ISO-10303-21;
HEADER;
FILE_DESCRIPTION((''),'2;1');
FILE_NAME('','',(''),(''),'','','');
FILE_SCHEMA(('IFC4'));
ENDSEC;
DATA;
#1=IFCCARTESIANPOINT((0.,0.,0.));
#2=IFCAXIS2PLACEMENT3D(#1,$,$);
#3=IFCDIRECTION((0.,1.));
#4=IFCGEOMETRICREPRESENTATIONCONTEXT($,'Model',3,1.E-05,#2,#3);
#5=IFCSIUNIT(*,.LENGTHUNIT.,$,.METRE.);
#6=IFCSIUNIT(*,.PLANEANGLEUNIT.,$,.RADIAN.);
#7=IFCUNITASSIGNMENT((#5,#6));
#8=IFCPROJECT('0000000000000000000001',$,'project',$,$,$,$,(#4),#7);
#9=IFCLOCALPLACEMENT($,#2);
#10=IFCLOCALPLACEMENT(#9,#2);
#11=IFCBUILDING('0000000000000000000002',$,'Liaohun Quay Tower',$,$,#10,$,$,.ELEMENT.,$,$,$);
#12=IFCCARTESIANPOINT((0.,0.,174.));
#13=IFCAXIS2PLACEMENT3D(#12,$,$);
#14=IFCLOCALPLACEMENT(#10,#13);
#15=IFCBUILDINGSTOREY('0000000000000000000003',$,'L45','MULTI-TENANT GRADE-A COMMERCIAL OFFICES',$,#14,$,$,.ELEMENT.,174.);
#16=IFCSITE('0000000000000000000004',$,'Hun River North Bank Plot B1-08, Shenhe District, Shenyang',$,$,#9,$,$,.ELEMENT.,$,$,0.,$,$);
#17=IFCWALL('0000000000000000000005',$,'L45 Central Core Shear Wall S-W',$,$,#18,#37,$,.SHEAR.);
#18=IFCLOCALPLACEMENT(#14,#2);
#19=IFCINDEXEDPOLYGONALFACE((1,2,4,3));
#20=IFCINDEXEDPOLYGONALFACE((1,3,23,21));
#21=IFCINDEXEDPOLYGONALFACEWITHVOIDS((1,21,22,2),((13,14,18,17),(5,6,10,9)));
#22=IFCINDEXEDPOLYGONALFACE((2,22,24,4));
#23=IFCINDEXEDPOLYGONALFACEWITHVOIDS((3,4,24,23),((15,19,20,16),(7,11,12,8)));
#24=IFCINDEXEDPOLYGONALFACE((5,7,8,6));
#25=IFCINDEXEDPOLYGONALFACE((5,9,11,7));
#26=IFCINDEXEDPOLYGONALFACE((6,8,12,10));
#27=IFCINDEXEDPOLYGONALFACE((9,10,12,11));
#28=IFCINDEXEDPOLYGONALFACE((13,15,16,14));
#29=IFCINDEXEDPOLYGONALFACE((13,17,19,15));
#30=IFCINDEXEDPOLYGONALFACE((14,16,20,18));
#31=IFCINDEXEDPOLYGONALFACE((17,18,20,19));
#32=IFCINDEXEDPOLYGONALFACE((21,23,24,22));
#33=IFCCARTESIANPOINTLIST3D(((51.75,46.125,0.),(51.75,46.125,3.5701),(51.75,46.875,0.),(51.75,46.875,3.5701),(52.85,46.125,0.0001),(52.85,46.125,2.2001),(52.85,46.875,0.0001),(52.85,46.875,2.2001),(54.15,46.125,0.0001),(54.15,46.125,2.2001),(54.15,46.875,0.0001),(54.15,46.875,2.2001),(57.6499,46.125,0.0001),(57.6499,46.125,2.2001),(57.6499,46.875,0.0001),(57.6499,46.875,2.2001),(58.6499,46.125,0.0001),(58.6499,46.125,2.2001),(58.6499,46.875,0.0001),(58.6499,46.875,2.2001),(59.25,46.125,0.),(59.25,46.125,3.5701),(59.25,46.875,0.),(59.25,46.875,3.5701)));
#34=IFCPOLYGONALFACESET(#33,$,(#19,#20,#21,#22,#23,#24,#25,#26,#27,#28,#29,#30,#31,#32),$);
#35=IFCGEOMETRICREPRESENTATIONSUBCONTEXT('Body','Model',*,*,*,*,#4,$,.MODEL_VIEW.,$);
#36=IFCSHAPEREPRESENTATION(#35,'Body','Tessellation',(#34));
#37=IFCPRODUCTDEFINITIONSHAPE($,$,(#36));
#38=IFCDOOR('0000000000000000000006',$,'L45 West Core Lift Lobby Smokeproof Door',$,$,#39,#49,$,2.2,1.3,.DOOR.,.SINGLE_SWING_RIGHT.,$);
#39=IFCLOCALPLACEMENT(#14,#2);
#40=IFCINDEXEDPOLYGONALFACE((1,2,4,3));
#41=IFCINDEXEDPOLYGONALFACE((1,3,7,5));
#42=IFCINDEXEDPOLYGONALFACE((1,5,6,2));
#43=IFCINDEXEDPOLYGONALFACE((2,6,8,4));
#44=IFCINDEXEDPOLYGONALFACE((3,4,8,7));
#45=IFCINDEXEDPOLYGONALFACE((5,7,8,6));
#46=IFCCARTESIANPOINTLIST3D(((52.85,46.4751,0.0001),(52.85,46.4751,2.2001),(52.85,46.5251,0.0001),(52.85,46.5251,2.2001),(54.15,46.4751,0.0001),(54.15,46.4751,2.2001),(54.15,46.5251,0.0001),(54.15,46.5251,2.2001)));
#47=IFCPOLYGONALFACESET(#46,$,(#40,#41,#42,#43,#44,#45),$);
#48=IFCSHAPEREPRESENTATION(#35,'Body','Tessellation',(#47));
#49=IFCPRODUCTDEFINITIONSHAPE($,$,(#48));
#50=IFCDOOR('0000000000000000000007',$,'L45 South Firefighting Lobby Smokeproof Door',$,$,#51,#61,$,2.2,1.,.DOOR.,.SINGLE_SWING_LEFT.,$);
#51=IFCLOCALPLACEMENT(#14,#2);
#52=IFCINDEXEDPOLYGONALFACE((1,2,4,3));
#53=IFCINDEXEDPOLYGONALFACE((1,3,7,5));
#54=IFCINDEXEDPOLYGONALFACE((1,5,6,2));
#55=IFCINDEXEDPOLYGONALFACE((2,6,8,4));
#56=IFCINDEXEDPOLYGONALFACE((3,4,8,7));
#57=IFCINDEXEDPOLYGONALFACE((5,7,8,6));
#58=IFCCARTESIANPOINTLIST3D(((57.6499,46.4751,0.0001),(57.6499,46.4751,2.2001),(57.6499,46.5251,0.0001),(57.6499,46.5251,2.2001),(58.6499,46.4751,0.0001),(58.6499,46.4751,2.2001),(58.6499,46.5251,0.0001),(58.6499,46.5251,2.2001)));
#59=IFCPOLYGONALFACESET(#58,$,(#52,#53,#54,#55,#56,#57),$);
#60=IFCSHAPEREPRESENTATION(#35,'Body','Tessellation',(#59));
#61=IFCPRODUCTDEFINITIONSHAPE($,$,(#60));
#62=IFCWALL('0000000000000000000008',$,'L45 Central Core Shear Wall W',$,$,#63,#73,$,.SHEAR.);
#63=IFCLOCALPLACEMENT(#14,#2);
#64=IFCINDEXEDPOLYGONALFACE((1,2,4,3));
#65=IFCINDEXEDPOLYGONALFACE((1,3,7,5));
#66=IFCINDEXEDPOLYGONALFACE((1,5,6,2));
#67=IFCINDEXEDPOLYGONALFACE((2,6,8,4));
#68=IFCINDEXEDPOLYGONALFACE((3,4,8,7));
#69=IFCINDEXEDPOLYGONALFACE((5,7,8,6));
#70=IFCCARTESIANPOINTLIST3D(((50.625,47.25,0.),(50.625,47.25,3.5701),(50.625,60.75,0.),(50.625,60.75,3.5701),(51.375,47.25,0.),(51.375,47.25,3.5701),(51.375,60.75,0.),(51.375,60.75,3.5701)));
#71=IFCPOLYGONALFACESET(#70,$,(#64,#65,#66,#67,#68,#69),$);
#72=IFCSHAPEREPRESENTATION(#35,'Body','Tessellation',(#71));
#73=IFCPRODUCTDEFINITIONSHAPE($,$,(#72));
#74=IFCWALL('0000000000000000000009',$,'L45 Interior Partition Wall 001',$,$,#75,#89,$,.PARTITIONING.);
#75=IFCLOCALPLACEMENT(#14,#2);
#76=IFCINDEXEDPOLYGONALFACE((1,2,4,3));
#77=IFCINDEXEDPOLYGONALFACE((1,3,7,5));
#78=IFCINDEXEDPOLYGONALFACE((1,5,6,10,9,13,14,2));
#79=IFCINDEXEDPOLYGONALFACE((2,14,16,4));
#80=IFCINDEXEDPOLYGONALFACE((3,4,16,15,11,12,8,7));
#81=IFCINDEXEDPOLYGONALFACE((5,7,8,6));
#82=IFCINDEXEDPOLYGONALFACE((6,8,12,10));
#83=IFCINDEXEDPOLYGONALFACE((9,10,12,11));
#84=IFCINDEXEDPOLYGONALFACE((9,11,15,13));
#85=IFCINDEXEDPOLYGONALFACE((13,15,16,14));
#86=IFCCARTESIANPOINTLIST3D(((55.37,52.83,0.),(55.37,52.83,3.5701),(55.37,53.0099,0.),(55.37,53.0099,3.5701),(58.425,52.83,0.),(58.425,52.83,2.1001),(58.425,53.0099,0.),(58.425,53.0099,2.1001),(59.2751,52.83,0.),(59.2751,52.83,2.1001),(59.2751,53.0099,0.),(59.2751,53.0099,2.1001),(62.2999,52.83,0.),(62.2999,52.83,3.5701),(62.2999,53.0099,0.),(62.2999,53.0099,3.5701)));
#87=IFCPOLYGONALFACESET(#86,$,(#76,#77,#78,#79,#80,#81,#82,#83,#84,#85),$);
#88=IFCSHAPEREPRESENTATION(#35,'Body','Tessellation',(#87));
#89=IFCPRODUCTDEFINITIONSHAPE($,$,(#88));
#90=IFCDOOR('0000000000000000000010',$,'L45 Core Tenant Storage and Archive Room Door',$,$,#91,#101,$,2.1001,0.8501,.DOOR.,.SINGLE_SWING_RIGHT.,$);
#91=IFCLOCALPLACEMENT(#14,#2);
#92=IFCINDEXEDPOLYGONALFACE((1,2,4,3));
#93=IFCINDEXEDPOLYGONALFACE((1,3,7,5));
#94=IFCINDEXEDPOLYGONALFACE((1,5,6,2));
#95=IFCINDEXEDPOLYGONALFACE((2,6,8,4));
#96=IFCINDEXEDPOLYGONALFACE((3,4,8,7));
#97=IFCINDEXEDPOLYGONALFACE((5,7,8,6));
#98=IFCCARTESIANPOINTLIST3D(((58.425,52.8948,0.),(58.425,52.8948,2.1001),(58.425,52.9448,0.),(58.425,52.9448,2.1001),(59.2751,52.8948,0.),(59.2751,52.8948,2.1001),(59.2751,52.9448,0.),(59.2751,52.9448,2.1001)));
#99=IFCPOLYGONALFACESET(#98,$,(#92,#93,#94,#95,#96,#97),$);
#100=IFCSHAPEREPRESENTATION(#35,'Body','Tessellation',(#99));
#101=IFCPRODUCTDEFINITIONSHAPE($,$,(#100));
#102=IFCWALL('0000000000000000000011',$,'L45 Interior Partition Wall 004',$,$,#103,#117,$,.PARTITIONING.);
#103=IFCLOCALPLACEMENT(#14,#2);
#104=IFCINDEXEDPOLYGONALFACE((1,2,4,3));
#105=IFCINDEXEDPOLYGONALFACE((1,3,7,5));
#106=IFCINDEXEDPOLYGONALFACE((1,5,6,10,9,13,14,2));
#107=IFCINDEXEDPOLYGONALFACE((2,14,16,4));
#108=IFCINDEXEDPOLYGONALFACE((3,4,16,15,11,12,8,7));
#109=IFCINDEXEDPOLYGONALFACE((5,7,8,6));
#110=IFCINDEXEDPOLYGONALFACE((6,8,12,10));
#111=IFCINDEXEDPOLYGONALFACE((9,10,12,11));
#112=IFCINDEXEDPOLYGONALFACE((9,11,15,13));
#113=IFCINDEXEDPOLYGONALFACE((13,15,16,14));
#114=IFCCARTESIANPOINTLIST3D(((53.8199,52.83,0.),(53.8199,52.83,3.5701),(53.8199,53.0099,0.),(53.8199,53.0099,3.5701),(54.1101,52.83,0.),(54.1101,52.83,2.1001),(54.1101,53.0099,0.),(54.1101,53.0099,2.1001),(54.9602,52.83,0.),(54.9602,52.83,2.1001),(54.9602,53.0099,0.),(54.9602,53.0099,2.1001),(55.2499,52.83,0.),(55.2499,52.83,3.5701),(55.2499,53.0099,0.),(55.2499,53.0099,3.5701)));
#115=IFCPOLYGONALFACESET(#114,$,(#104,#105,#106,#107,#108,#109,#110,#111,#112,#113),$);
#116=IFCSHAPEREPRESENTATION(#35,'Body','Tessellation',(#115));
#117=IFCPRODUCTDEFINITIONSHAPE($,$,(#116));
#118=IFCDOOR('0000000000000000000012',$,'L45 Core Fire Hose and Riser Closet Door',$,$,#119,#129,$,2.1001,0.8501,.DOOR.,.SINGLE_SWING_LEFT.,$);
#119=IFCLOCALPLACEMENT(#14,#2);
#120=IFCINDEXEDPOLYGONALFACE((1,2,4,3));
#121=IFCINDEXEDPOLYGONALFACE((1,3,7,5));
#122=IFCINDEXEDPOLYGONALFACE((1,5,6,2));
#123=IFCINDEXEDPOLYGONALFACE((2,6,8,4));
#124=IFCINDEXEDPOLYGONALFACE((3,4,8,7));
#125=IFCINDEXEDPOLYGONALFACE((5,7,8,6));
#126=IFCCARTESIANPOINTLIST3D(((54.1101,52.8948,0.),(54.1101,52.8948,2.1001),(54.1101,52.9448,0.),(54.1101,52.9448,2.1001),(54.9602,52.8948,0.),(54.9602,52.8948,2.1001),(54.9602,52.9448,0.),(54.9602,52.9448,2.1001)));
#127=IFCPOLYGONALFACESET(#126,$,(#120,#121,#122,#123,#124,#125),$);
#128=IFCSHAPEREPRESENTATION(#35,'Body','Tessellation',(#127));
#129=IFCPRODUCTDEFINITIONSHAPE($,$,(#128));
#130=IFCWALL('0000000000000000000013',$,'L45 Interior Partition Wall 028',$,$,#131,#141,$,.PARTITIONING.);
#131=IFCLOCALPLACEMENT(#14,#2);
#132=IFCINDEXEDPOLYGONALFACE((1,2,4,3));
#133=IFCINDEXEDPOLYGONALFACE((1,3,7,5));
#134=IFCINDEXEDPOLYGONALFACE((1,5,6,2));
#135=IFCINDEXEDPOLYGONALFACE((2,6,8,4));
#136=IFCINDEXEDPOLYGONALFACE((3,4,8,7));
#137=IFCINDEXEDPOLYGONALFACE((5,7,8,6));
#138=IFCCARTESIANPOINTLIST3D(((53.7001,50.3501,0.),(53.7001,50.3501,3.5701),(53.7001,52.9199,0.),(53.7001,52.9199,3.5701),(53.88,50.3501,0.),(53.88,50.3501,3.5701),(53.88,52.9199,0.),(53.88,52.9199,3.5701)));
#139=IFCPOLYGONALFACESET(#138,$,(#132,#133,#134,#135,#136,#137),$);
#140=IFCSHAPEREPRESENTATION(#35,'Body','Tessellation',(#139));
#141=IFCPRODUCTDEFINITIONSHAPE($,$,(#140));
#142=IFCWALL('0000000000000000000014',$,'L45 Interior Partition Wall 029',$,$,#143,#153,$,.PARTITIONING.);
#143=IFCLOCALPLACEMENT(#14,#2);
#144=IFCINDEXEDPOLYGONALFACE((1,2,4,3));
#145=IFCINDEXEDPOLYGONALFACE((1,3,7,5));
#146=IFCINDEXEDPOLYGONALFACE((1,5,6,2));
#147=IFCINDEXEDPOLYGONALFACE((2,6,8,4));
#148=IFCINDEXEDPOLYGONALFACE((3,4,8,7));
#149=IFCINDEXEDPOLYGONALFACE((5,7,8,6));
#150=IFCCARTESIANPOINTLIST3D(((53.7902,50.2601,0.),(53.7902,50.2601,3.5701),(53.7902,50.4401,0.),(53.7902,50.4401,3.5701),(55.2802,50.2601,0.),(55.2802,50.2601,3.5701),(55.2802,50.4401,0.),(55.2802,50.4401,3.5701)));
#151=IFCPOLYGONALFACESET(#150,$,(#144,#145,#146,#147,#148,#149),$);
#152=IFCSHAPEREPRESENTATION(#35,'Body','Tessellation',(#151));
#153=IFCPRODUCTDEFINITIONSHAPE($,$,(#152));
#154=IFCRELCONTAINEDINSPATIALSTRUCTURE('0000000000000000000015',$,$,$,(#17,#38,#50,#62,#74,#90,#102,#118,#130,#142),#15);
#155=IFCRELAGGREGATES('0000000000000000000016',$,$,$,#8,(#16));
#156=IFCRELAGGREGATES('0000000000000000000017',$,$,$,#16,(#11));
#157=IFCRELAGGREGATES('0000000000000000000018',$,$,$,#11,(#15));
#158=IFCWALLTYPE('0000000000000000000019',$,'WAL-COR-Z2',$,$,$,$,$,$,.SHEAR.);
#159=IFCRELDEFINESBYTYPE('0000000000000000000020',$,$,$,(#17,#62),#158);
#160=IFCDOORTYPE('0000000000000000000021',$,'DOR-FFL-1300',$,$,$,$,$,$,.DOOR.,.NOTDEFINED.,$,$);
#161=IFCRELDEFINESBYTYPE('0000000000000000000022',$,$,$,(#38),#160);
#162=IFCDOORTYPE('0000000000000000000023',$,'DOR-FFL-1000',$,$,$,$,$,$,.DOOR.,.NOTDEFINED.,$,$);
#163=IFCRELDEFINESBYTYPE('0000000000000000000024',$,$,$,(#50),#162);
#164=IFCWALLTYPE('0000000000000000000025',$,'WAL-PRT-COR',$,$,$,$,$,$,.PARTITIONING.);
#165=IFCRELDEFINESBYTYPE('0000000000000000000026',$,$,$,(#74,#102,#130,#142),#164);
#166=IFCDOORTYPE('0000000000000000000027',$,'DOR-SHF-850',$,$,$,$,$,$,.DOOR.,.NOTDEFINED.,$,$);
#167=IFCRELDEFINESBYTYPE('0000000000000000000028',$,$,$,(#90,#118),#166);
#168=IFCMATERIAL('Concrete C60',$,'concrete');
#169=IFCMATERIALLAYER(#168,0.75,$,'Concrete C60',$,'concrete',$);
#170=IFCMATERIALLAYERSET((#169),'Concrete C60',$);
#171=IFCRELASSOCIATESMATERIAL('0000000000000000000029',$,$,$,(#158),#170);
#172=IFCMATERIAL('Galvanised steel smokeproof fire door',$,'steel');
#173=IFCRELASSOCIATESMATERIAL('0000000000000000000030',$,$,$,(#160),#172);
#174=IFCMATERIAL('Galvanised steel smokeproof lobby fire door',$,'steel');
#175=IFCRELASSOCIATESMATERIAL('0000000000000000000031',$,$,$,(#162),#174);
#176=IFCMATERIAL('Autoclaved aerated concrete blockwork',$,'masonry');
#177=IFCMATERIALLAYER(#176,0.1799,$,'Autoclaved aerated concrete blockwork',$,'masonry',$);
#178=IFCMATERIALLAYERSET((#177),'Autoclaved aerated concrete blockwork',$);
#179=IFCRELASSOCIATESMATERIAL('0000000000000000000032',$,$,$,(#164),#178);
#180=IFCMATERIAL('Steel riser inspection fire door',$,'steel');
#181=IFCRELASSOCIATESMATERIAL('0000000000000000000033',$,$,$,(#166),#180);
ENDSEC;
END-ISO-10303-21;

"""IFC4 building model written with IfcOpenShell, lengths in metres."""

from ifc_helpers import new_model, si_unit, direction, frame, frame_2d, origin, place, context, subcontext, project, spatial, rectangle, extrude, source, transform, mapped, material, layer, layer_set, type_object, element, fill, save


model = new_model("IFC4")

# Units and contexts
model_context = context("Model", 3, precision=1e-05, world=origin(), true_north=direction((0.0, 1.0)))
body_context = subcontext(model_context, "Body", "Model", "MODEL_VIEW")
ifc_project = project(units=[si_unit("LENGTHUNIT", "METRE"), si_unit("PLANEANGLEUNIT", "RADIAN")], contexts=[model_context])

# Site, building, storey
site_placement = place(None, origin())
site = spatial("IfcSite", under=ifc_project, at=site_placement, Name="Hun River North Bank Plot B1-08, Shenhe District, Shenyang", CompositionType="ELEMENT", RefElevation=0.0)
building_placement = place(site_placement, origin())
building = spatial("IfcBuilding", under=site, at=building_placement, Name="Liaohun Quay Tower", CompositionType="ELEMENT")
storey_placement = place(building_placement, frame((0.0, 0.0, 174.0)))
storey = spatial("IfcBuildingStorey", under=building, at=storey_placement, Name="L45", Description="MULTI-TENANT GRADE-A COMMERCIAL OFFICES", CompositionType="ELEMENT", Elevation=174.0)

# Wall, openings, doors
ifc_material_1 = material(Name="Concrete C60", Category="concrete")
ifc_layer_1 = layer(ifc_material_1, 0.75, Name="Concrete C60", Category="concrete")
ifc_layer_set_1 = layer_set([ifc_layer_1], Name="Concrete C60")
wall_type_1 = type_object("IfcWallType", Name="WAL-COR-Z2", PredefinedType="SHEAR", material=ifc_layer_set_1)
wall_1_placement = place(storey_placement, frame((59.25, 46.5, 0.0), z_axis=(0.0, 0.0, 1.0), x_axis=(-1.0, 0.0, 0.0)))
wall_1 = element("IfcWall", 1, at=wall_1_placement, inside=storey, type_object=wall_type_1, Name="L45 Central Core Shear Wall S-W", PredefinedType="SHEAR", context=body_context, shape_type="SweptSolid", body=[
    extrude(rectangle(XDim=7.5, YDim=0.75, at=frame_2d((3.75, 0.0))), origin(), (0.0, 0.0, 1.0), 3.5701),
])
shared_shape_1 = source(origin(), body_context, "Body", "SweptSolid", [
    extrude(rectangle(XDim=1.3, YDim=2.2, at=frame_2d((0.6499, 1.1001))), frame((0.0, 0.385, 0.0), z_axis=(0.0, -1.0, 0.0), x_axis=(1.0, 0.0, 0.0)), (0.0, 0.0, 1.0), 0.77),
])
opening_1_placement = place(wall_1_placement, frame((5.1001, 0.0, 0.0)))
opening_1 = element("IfcOpeningElement", 2, at=opening_1_placement, cuts=wall_1, PredefinedType="OPENING", context=body_context, shape_type="MappedRepresentation", body=[
    mapped(shared_shape_1, transform((0.0, 0.0, 0.0), x_axis=(1.0, 0.0, 0.0), y_axis=(0.0, 1.0, 0.0), z_axis=(0.0, 0.0, 1.0), scale=1.0)),
])
shared_shape_2 = source(origin(), body_context, "Body", "SweptSolid", [
    extrude(rectangle(XDim=1.0, YDim=2.2, at=frame_2d((0.5, 1.1001))), frame((0.0, 0.385, 0.0), z_axis=(0.0, -1.0, 0.0), x_axis=(1.0, 0.0, 0.0)), (0.0, 0.0, 1.0), 0.77),
])
opening_2_placement = place(wall_1_placement, frame((0.6001, 0.0, 0.0)))
opening_2 = element("IfcOpeningElement", 3, at=opening_2_placement, cuts=wall_1, PredefinedType="OPENING", context=body_context, shape_type="MappedRepresentation", body=[
    mapped(shared_shape_2, transform((0.0, 0.0, 0.0), x_axis=(1.0, 0.0, 0.0), y_axis=(0.0, 1.0, 0.0), z_axis=(0.0, 0.0, 1.0), scale=1.0)),
])
ifc_material_2 = material(Name="Galvanised steel smokeproof fire door", Category="steel")
door_type_1 = type_object("IfcDoorType", Name="DOR-FFL-1300", OperationType="NOTDEFINED", PredefinedType="DOOR", material=ifc_material_2)
shared_shape_3 = source(origin(), body_context, "Body", "SweptSolid", [
    extrude(rectangle(XDim=1.3, YDim=2.2, at=frame_2d((0.6499, 1.1001))), frame((0.0, 0.0249, 0.0), z_axis=(0.0, -1.0, 0.0), x_axis=(1.0, 0.0, 0.0)), (0.0, 0.0, 1.0), 0.05),
])
door_1_placement = place(opening_1_placement, origin())
door_1 = element("IfcDoor", 4, at=door_1_placement, inside=storey, type_object=door_type_1, Name="L45 West Core Lift Lobby Smokeproof Door", OperationType="SINGLE_SWING_RIGHT", OverallHeight=2.2, OverallWidth=1.3, PredefinedType="DOOR", context=body_context, shape_type="MappedRepresentation", body=[
    mapped(shared_shape_3, transform((0.0, 0.0, 0.0), x_axis=(1.0, 0.0, 0.0), y_axis=(0.0, 1.0, 0.0), z_axis=(0.0, 0.0, 1.0), scale=1.0)),
])
fill(opening_1, door_1)
ifc_material_3 = material(Name="Galvanised steel smokeproof lobby fire door", Category="steel")
door_type_2 = type_object("IfcDoorType", Name="DOR-FFL-1000", OperationType="NOTDEFINED", PredefinedType="DOOR", material=ifc_material_3)
shared_shape_4 = source(origin(), body_context, "Body", "SweptSolid", [
    extrude(rectangle(XDim=1.0, YDim=2.2, at=frame_2d((0.5, 1.1001))), frame((0.0, 0.0249, 0.0), z_axis=(0.0, -1.0, 0.0), x_axis=(1.0, 0.0, 0.0)), (0.0, 0.0, 1.0), 0.05),
])
door_2_placement = place(opening_2_placement, origin())
door_2 = element("IfcDoor", 5, at=door_2_placement, inside=storey, type_object=door_type_2, Name="L45 South Firefighting Lobby Smokeproof Door", OperationType="SINGLE_SWING_LEFT", OverallHeight=2.2, OverallWidth=1.0, PredefinedType="DOOR", context=body_context, shape_type="MappedRepresentation", body=[
    mapped(shared_shape_4, transform((0.0, 0.0, 0.0), x_axis=(1.0, 0.0, 0.0), y_axis=(0.0, 1.0, 0.0), z_axis=(0.0, 0.0, 1.0), scale=1.0)),
])
fill(opening_2, door_2)

# Wall
wall_2_placement = place(storey_placement, frame((51.0, 47.25, 0.0), z_axis=(0.0, 0.0, 1.0), x_axis=(0.0, 1.0, 0.0)))
element("IfcWall", 6, at=wall_2_placement, inside=storey, type_object=wall_type_1, Name="L45 Central Core Shear Wall W", PredefinedType="SHEAR", context=body_context, shape_type="SweptSolid", body=[
    extrude(rectangle(XDim=13.5, YDim=0.75, at=frame_2d((6.75, 0.0))), origin(), (0.0, 0.0, 1.0), 3.5701),
])

# Walls, openings, doors
ifc_material_4 = material(Name="Autoclaved aerated concrete blockwork", Category="masonry")
ifc_layer_2 = layer(ifc_material_4, 0.1799, Name="Autoclaved aerated concrete blockwork", Category="masonry")
ifc_layer_set_2 = layer_set([ifc_layer_2], Name="Autoclaved aerated concrete blockwork")
wall_type_2 = type_object("IfcWallType", Name="WAL-PRT-COR", PredefinedType="PARTITIONING", material=ifc_layer_set_2)
wall_3_placement = place(storey_placement, frame((55.3701, 52.9199, 0.0), z_axis=(0.0, 0.0, 1.0), x_axis=(1.0, 0.0, 0.0)))
wall_3 = element("IfcWall", 7, at=wall_3_placement, inside=storey, type_object=wall_type_2, Name="L45 Interior Partition Wall 001", PredefinedType="PARTITIONING", context=body_context, shape_type="SweptSolid", body=[
    extrude(rectangle(XDim=6.9299, YDim=0.1799, at=frame_2d((3.4648, 0.0))), origin(), (0.0, 0.0, 1.0), 3.5701),
])
shared_shape_5 = source(origin(), body_context, "Body", "SweptSolid", [
    extrude(rectangle(XDim=0.8501, YDim=2.1001, at=frame_2d((0.425, 1.05))), frame((0.0, 0.0999, 0.0), z_axis=(0.0, -1.0, 0.0), x_axis=(1.0, 0.0, 0.0)), (0.0, 0.0, 1.0), 0.2),
])
opening_3_placement = place(wall_3_placement, frame((3.0549, 0.0, 0.0)))
opening_3 = element("IfcOpeningElement", 8, at=opening_3_placement, cuts=wall_3, PredefinedType="OPENING", context=body_context, shape_type="MappedRepresentation", body=[
    mapped(shared_shape_5, transform((0.0, 0.0, 0.0), x_axis=(1.0, 0.0, 0.0), y_axis=(0.0, 1.0, 0.0), z_axis=(0.0, 0.0, 1.0), scale=1.0)),
])
ifc_material_5 = material(Name="Steel riser inspection fire door", Category="steel")
door_type_3 = type_object("IfcDoorType", Name="DOR-SHF-850", OperationType="NOTDEFINED", PredefinedType="DOOR", material=ifc_material_5)
shared_shape_6 = source(origin(), body_context, "Body", "SweptSolid", [
    extrude(rectangle(XDim=0.8501, YDim=2.1001, at=frame_2d((0.425, 1.05))), frame((0.0, 0.0249, 0.0), z_axis=(0.0, -1.0, 0.0), x_axis=(1.0, 0.0, 0.0)), (0.0, 0.0, 1.0), 0.05),
])
door_3_placement = place(opening_3_placement, origin())
door_3 = element("IfcDoor", 9, at=door_3_placement, inside=storey, type_object=door_type_3, Name="L45 Core Tenant Storage and Archive Room Door", OperationType="SINGLE_SWING_RIGHT", OverallHeight=2.1001, OverallWidth=0.8501, PredefinedType="DOOR", context=body_context, shape_type="MappedRepresentation", body=[
    mapped(shared_shape_6, transform((0.0, 0.0, 0.0), x_axis=(1.0, 0.0, 0.0), y_axis=(0.0, 1.0, 0.0), z_axis=(0.0, 0.0, 1.0), scale=1.0)),
])
fill(opening_3, door_3)
wall_4_placement = place(storey_placement, frame((53.8201, 52.9199, 0.0), z_axis=(0.0, 0.0, 1.0), x_axis=(1.0, 0.0, 0.0)))
wall_4 = element("IfcWall", 10, at=wall_4_placement, inside=storey, type_object=wall_type_2, Name="L45 Interior Partition Wall 004", PredefinedType="PARTITIONING", context=body_context, shape_type="SweptSolid", body=[
    extrude(rectangle(XDim=1.4299, YDim=0.1799, at=frame_2d((0.7148, 0.0))), origin(), (0.0, 0.0, 1.0), 3.5701),
])
opening_4_placement = place(wall_4_placement, frame((0.29, 0.0, 0.0)))
opening_4 = element("IfcOpeningElement", 11, at=opening_4_placement, cuts=wall_4, PredefinedType="OPENING", context=body_context, shape_type="MappedRepresentation", body=[
    mapped(shared_shape_5, transform((0.0, 0.0, 0.0), x_axis=(1.0, 0.0, 0.0), y_axis=(0.0, 1.0, 0.0), z_axis=(0.0, 0.0, 1.0), scale=1.0)),
])
door_4_placement = place(opening_4_placement, origin())
door_4 = element("IfcDoor", 12, at=door_4_placement, inside=storey, type_object=door_type_3, Name="L45 Core Fire Hose and Riser Closet Door", OperationType="SINGLE_SWING_LEFT", OverallHeight=2.1001, OverallWidth=0.8501, PredefinedType="DOOR", context=body_context, shape_type="MappedRepresentation", body=[
    mapped(shared_shape_6, transform((0.0, 0.0, 0.0), x_axis=(1.0, 0.0, 0.0), y_axis=(0.0, 1.0, 0.0), z_axis=(0.0, 0.0, 1.0), scale=1.0)),
])
fill(opening_4, door_4)

# Walls
wall_5_placement = place(storey_placement, frame((53.79, 50.3501, 0.0), z_axis=(0.0, 0.0, 1.0), x_axis=(0.0, 1.0, 0.0)))
element("IfcWall", 13, at=wall_5_placement, inside=storey, type_object=wall_type_2, Name="L45 Interior Partition Wall 028", PredefinedType="PARTITIONING", context=body_context, shape_type="SweptSolid", body=[
    extrude(rectangle(XDim=2.5698, YDim=0.1799, at=frame_2d((1.2849, 0.0))), origin(), (0.0, 0.0, 1.0), 3.5701),
])
wall_6_placement = place(storey_placement, frame((53.79, 50.3501, 0.0), z_axis=(0.0, 0.0, 1.0), x_axis=(1.0, 0.0, 0.0)))
element("IfcWall", 14, at=wall_6_placement, inside=storey, type_object=wall_type_2, Name="L45 Interior Partition Wall 029", PredefinedType="PARTITIONING", context=body_context, shape_type="SweptSolid", body=[
    extrude(rectangle(XDim=1.49, YDim=0.1799, at=frame_2d((0.7451, 0.0))), origin(), (0.0, 0.0, 1.0), 3.5701),
])

save(model, "model.ifc")
